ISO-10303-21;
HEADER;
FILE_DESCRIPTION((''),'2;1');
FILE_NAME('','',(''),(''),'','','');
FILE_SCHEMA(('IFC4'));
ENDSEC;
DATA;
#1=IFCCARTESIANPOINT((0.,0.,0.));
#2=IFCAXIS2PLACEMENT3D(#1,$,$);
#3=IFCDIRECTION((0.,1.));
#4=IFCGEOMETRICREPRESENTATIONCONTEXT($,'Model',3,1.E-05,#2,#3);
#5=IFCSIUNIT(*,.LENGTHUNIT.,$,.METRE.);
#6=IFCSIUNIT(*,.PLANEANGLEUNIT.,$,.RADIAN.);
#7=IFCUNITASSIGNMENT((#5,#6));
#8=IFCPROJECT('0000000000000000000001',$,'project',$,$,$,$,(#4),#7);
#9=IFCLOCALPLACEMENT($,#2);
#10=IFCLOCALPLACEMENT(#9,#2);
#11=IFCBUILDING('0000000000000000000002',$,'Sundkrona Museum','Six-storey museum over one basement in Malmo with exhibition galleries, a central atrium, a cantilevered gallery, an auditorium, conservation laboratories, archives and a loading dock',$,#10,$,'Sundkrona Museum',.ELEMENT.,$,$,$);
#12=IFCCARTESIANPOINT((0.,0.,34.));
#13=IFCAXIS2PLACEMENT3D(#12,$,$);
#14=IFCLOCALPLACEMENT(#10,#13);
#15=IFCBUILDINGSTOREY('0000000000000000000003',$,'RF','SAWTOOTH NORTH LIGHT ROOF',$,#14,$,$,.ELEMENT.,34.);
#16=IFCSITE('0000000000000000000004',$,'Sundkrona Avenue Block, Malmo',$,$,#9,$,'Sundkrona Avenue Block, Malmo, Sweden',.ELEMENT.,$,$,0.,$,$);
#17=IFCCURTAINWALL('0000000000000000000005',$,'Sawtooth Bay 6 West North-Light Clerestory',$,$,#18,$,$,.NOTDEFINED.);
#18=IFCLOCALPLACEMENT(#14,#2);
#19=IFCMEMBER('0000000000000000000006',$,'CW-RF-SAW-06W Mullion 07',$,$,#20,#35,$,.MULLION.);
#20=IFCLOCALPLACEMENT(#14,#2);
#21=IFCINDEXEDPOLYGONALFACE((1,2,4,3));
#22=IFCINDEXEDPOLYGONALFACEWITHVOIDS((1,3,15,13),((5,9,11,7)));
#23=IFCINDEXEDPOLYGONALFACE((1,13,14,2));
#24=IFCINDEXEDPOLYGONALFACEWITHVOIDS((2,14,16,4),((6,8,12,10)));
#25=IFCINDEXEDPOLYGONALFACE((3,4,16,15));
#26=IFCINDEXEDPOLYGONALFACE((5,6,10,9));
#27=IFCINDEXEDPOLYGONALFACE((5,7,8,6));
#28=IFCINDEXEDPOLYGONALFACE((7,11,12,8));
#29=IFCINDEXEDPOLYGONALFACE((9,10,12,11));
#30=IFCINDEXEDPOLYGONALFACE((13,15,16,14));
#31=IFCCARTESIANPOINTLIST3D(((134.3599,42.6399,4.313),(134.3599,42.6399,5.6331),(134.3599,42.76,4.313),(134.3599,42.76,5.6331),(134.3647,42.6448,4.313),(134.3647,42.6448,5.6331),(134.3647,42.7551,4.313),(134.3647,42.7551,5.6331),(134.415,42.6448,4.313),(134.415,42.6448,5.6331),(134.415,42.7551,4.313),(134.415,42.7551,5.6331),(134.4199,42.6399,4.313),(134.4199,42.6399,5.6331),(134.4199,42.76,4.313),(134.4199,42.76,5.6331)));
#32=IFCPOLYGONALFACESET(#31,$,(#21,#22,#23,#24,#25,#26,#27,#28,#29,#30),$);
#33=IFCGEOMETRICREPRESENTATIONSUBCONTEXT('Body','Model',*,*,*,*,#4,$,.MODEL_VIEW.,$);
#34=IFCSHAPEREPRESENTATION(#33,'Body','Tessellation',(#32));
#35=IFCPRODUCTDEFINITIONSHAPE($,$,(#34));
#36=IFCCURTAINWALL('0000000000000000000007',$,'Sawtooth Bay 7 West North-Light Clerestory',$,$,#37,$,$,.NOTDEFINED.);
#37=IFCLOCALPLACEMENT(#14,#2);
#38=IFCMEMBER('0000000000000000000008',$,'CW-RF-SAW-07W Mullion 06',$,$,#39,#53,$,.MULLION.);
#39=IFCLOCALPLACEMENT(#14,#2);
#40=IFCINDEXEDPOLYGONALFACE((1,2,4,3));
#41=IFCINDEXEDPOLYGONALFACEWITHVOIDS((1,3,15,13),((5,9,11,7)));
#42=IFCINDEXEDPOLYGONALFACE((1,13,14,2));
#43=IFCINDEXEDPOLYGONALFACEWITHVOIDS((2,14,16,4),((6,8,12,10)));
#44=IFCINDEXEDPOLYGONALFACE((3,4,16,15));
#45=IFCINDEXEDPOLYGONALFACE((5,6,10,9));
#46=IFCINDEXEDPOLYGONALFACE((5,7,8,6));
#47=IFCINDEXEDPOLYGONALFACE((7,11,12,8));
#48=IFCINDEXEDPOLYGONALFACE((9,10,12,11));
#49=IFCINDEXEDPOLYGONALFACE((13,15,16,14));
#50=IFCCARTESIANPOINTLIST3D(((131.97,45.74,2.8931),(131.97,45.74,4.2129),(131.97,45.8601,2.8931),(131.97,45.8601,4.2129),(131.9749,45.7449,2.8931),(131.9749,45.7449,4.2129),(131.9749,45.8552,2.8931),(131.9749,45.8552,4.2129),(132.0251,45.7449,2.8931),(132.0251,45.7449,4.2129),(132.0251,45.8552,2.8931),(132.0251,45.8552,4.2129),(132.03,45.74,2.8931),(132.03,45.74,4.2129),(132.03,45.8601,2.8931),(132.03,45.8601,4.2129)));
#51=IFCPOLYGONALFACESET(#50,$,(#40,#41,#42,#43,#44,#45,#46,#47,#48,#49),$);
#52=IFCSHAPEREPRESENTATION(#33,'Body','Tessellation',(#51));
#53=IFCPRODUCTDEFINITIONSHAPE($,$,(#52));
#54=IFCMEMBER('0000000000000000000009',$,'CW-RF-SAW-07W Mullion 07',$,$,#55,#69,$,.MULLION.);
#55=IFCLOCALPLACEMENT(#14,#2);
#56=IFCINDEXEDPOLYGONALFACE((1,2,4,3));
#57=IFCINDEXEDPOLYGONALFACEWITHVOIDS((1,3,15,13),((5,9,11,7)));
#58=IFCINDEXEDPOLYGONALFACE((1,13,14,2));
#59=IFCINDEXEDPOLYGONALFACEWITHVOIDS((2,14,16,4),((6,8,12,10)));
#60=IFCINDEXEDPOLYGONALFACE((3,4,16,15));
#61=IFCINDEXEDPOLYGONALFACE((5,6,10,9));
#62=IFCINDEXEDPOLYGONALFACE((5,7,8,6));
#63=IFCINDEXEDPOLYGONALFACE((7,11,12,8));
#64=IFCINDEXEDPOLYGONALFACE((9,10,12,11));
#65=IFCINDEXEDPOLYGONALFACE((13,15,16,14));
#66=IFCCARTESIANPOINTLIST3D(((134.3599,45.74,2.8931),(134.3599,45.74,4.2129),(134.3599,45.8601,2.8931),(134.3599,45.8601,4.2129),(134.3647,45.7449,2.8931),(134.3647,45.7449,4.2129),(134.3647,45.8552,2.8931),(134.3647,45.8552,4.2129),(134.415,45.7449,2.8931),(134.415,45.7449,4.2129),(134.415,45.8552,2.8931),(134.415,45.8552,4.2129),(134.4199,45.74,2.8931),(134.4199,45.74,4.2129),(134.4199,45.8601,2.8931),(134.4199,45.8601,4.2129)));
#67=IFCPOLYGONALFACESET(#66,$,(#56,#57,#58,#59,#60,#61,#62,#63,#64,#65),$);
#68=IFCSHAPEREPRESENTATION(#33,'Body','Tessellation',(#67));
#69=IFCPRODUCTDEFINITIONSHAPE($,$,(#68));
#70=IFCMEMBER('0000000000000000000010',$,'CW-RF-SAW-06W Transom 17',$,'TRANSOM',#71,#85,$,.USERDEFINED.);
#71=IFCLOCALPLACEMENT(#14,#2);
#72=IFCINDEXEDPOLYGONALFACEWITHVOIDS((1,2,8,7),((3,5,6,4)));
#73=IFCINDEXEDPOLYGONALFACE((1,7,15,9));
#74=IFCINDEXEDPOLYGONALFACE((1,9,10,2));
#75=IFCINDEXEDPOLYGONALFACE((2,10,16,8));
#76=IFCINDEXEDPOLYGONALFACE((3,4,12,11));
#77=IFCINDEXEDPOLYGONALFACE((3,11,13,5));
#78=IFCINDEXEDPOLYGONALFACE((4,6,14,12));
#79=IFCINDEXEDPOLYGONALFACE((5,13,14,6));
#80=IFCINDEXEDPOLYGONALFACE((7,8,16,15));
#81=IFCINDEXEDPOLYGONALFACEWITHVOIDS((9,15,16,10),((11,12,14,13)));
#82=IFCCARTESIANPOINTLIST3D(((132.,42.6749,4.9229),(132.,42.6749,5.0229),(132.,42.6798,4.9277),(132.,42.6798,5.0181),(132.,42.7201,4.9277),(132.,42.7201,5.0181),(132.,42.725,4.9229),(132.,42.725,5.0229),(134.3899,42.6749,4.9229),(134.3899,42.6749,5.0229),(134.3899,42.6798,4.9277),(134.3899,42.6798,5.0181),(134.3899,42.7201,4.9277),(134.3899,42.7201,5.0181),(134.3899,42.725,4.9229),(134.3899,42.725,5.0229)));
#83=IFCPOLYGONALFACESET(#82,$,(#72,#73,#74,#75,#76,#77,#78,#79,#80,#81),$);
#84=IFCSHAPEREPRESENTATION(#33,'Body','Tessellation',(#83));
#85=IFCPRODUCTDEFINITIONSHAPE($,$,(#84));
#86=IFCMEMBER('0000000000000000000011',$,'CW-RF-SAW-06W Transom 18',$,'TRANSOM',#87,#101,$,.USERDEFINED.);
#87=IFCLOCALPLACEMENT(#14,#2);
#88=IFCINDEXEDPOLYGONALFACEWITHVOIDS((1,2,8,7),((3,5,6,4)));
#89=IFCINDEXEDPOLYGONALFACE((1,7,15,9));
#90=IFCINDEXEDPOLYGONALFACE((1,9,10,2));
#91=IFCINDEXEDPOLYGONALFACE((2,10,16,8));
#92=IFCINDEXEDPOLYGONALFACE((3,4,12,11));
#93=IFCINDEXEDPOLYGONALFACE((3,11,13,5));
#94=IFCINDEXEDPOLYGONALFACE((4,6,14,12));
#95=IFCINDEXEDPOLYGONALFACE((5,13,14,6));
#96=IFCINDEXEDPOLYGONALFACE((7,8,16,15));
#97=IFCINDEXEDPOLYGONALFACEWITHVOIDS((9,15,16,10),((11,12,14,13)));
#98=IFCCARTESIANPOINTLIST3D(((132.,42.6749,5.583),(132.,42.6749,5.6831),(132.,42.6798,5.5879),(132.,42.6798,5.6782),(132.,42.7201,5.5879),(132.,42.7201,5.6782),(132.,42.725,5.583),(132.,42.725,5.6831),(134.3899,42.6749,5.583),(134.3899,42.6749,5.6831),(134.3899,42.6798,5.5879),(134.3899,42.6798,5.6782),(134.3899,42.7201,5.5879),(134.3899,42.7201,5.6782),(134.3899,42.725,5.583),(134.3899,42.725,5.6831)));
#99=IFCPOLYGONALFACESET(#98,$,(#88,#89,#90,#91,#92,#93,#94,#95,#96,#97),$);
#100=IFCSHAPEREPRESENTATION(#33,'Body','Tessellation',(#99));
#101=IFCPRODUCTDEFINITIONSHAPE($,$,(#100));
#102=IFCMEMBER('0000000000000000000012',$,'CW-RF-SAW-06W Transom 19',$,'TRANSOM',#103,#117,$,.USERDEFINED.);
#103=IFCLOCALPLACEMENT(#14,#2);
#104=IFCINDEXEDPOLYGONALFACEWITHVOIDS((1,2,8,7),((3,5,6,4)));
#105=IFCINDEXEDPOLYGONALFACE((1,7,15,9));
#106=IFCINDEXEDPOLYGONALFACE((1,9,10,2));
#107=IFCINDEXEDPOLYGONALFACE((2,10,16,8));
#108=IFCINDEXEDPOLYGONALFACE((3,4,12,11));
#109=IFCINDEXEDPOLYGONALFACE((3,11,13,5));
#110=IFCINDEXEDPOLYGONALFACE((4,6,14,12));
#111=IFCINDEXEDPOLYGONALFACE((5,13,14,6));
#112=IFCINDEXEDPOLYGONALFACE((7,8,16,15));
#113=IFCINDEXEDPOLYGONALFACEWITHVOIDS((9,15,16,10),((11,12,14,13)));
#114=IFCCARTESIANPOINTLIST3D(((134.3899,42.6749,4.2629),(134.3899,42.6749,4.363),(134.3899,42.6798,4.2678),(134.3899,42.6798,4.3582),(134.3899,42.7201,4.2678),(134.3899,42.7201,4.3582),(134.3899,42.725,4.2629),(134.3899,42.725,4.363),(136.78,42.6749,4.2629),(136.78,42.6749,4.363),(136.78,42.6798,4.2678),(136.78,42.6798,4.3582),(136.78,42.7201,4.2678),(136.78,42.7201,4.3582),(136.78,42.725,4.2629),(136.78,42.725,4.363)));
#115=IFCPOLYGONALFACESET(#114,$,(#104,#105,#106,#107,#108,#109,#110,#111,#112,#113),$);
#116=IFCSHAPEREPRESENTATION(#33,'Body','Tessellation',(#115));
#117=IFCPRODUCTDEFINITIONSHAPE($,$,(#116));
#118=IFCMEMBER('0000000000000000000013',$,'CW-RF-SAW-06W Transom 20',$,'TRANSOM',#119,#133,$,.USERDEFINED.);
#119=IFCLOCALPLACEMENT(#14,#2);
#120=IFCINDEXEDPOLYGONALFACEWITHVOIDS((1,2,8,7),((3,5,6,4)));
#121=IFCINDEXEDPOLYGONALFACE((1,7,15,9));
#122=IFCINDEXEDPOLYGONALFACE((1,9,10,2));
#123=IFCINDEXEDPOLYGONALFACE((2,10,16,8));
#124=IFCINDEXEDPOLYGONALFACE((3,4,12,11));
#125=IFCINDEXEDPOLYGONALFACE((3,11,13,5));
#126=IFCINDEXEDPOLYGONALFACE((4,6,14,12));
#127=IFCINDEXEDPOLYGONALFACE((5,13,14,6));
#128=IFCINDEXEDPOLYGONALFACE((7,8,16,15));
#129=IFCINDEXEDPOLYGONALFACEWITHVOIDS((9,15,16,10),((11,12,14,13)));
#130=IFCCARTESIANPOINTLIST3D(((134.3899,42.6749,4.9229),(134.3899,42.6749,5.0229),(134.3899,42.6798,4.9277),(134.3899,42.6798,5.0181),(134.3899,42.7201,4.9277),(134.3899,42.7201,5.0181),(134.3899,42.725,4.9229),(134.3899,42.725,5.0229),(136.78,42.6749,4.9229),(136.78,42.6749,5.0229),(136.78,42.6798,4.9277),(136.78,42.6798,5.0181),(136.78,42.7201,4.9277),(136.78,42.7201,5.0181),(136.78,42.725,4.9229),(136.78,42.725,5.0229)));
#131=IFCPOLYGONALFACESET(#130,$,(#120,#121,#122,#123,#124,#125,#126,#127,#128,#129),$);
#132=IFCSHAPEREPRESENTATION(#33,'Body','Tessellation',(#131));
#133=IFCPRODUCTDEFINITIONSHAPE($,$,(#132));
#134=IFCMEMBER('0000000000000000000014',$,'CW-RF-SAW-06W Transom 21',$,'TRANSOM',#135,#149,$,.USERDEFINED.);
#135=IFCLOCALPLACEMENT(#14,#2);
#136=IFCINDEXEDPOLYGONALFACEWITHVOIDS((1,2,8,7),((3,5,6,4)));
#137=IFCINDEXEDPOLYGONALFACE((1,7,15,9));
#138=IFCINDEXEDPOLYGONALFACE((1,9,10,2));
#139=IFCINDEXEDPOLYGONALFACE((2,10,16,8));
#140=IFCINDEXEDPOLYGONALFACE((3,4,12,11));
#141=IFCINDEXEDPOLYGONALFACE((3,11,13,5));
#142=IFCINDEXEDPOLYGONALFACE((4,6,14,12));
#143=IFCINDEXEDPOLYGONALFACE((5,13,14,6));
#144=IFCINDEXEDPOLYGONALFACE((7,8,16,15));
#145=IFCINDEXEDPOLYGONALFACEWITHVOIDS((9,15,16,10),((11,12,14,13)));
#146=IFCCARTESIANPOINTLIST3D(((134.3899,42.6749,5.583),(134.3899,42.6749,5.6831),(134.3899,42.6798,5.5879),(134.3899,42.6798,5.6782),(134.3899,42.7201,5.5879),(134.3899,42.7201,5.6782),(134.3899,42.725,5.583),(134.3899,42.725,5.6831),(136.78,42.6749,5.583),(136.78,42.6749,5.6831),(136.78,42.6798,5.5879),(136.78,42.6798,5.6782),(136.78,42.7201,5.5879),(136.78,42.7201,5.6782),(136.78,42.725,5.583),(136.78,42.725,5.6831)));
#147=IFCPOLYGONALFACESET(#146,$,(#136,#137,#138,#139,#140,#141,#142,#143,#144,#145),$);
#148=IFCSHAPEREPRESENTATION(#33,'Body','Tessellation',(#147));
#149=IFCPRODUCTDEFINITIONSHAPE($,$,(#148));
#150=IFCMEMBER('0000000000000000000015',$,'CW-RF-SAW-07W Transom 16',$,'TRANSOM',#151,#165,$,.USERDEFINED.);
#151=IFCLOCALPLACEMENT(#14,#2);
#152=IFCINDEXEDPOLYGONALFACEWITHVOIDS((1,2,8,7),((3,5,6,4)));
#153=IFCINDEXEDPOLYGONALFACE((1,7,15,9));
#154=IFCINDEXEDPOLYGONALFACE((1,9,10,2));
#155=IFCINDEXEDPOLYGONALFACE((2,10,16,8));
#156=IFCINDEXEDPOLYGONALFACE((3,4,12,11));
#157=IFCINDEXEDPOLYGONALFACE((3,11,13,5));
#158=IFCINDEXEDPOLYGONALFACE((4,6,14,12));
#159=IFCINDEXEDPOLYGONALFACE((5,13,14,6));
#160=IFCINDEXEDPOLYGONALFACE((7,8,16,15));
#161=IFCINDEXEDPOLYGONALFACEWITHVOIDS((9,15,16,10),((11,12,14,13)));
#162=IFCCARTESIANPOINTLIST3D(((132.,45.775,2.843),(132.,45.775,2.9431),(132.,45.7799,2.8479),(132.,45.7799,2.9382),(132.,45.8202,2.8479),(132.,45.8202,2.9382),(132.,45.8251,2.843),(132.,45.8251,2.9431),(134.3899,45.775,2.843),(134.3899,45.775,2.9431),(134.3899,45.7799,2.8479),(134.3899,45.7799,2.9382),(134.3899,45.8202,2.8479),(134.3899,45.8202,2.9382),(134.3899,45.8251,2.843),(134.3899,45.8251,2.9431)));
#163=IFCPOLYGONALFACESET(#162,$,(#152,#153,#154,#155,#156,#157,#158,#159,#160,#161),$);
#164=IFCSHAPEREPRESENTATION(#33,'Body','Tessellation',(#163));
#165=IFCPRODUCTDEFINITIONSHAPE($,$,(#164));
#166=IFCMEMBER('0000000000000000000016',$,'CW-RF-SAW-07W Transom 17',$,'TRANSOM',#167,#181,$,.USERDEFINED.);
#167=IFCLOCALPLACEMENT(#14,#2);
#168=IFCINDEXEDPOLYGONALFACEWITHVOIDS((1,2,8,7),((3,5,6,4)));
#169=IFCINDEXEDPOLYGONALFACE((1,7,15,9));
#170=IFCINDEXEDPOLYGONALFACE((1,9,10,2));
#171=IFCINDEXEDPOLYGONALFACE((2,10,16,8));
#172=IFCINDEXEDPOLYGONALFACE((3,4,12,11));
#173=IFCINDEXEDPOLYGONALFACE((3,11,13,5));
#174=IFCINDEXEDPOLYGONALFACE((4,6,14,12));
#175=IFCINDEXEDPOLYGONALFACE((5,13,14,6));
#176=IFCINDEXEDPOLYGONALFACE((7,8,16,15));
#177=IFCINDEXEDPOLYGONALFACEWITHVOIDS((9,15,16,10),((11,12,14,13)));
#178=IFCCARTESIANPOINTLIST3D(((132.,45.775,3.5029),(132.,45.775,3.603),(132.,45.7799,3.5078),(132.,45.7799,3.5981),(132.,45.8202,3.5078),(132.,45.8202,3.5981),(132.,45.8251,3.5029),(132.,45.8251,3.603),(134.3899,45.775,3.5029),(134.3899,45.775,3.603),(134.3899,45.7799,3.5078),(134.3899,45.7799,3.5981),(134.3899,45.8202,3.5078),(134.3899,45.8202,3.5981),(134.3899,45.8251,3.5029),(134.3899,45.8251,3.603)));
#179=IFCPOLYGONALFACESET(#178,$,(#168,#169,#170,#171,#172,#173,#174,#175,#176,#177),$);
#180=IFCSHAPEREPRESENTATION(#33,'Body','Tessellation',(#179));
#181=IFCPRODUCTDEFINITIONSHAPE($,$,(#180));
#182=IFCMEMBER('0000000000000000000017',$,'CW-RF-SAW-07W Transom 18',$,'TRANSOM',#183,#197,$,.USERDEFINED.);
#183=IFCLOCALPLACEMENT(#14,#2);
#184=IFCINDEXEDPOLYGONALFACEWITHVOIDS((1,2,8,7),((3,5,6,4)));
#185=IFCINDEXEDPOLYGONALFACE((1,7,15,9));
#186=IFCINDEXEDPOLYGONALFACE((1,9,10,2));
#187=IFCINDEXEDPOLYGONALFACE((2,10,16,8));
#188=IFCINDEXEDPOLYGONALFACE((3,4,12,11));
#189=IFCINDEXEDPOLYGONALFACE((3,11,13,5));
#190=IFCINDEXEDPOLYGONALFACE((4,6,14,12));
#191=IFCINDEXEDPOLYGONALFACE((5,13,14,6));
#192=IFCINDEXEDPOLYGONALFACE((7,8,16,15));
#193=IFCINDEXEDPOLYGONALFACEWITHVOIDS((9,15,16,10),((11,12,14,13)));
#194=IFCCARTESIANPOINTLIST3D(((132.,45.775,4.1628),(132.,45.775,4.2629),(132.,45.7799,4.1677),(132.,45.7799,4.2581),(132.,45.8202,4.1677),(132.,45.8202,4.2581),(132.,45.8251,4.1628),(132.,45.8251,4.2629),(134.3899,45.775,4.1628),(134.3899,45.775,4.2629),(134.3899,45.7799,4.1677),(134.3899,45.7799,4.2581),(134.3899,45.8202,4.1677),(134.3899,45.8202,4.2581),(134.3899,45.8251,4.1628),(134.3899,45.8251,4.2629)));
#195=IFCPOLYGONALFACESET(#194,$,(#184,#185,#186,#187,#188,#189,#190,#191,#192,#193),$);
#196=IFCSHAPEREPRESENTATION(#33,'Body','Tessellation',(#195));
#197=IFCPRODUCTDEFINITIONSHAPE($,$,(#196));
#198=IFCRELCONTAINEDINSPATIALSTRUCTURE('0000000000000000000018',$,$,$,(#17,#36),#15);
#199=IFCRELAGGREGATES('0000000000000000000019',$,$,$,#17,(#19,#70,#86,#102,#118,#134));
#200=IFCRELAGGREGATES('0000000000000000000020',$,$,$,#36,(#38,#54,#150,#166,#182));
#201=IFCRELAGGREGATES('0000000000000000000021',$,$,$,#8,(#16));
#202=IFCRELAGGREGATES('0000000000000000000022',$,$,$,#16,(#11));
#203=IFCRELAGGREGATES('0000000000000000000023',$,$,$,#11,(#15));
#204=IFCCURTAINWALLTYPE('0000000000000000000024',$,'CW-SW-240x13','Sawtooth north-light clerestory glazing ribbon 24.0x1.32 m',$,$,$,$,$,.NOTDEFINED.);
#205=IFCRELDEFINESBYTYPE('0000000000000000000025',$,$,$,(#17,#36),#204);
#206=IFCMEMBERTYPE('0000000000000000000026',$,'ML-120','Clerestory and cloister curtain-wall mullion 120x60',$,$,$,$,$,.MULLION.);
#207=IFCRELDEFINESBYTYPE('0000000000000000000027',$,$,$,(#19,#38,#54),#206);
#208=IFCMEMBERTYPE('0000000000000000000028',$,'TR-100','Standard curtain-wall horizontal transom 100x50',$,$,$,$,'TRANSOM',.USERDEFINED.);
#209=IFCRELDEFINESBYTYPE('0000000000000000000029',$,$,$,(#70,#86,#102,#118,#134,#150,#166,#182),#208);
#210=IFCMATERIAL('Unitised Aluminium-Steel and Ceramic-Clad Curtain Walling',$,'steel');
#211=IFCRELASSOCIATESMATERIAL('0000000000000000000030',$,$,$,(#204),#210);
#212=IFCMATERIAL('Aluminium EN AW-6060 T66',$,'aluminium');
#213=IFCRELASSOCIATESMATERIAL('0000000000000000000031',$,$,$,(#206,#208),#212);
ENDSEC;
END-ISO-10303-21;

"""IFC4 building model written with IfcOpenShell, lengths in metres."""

from ifc_helpers import new_model, si_unit, direction, frame, origin, origin_2d, place, context, subcontext, project, spatial, hollow_rectangle, extrude, material, material_profile, profile_set, type_object, element, aggregate, save


model = new_model("IFC4")

# Units and contexts
model_context = context("Model", 3, precision=1e-05, world=origin(), true_north=direction((0.0, 1.0)))
body_context = subcontext(model_context, "Body", "Model", "MODEL_VIEW")
ifc_project = project(units=[si_unit("LENGTHUNIT", "METRE"), si_unit("PLANEANGLEUNIT", "RADIAN")], contexts=[model_context])

# Site, building, storey
site_placement = place(None, origin())
site = spatial("IfcSite", under=ifc_project, at=site_placement, Name="Sundkrona Avenue Block, Malmo", LongName="Sundkrona Avenue Block, Malmo, Sweden", CompositionType="ELEMENT", RefElevation=0.0)
building_placement = place(site_placement, origin())
building = spatial("IfcBuilding", under=site, at=building_placement, Name="Sundkrona Museum", Description="Six-storey museum over one basement in Malmo with exhibition galleries, a central atrium, a cantilevered gallery, an auditorium, conservation laboratories, archives and a loading dock", LongName="Sundkrona Museum", CompositionType="ELEMENT")
storey_placement = place(building_placement, frame((0.0, 0.0, 34.0)))
storey = spatial("IfcBuildingStorey", under=building, at=storey_placement, Name="RF", Description="SAWTOOTH NORTH LIGHT ROOF", CompositionType="ELEMENT", Elevation=34.0)

# Curtain wall, member
ifc_material_1 = material(Name="Unitised Aluminium-Steel and Ceramic-Clad Curtain Walling", Category="steel")
curtain_wall_type = type_object("IfcCurtainWallType", Name="CW-SW-240x13", Description="Sawtooth north-light clerestory glazing ribbon 24.0x1.32 m", PredefinedType="NOTDEFINED", material=ifc_material_1)
curtain_wall_1_placement = place(storey_placement, origin())
curtain_wall_1 = element("IfcCurtainWall", 1, at=curtain_wall_1_placement, inside=storey, type_object=curtain_wall_type, Name="Sawtooth Bay 6 West North-Light Clerestory", PredefinedType="NOTDEFINED")
ifc_material_2 = material(Name="Aluminium EN AW-6060 T66", Category="aluminium")
ifc_material_profile_1 = material_profile(ifc_material_2, hollow_rectangle(XDim=0.0601, YDim=0.1201, WallThickness=0.0049, at=origin_2d()), Name="RHS 120x60x5.0")
ifc_profile_set_1 = profile_set([ifc_material_profile_1], Name="Aluminium EN AW-6060 T66")
member_type_1 = type_object("IfcMemberType", Name="ML-120", Description="Clerestory and cloister curtain-wall mullion 120x60", PredefinedType="MULLION", material=ifc_profile_set_1)
member_1_placement = place(storey_placement, frame((134.3899, 42.7, 4.313), z_axis=(0.0, 0.0, 1.0), x_axis=(1.0, 0.0, 0.0)))
member_1 = element("IfcMember", 2, at=member_1_placement, type_object=member_type_1, Name="CW-RF-SAW-06W Mullion 07", PredefinedType="MULLION", context=body_context, shape_type="SweptSolid", body=[
    extrude(hollow_rectangle(XDim=0.0601, YDim=0.1201, WallThickness=0.0049, at=origin_2d()), origin(), (0.0, 0.0, 1.0), 1.3201),
])

# Curtain wall, members
curtain_wall_2_placement = place(storey_placement, origin())
curtain_wall_2 = element("IfcCurtainWall", 3, at=curtain_wall_2_placement, inside=storey, type_object=curtain_wall_type, Name="Sawtooth Bay 7 West North-Light Clerestory", PredefinedType="NOTDEFINED")
member_2_placement = place(storey_placement, frame((132.0, 45.8, 2.8931), z_axis=(0.0, 0.0, 1.0), x_axis=(1.0, 0.0, 0.0)))
member_2 = element("IfcMember", 4, at=member_2_placement, type_object=member_type_1, Name="CW-RF-SAW-07W Mullion 06", PredefinedType="MULLION", context=body_context, shape_type="SweptSolid", body=[
    extrude(hollow_rectangle(XDim=0.0601, YDim=0.1201, WallThickness=0.0049, at=origin_2d()), origin(), (0.0, 0.0, 1.0), 1.3198),
])
member_3_placement = place(storey_placement, frame((134.3899, 45.8, 2.8931), z_axis=(0.0, 0.0, 1.0), x_axis=(1.0, 0.0, 0.0)))
member_3 = element("IfcMember", 5, at=member_3_placement, type_object=member_type_1, Name="CW-RF-SAW-07W Mullion 07", PredefinedType="MULLION", context=body_context, shape_type="SweptSolid", body=[
    extrude(hollow_rectangle(XDim=0.0601, YDim=0.1201, WallThickness=0.0049, at=origin_2d()), origin(), (0.0, 0.0, 1.0), 1.3198),
])

# Members
ifc_material_profile_2 = material_profile(ifc_material_2, hollow_rectangle(XDim=0.05, YDim=0.1001, WallThickness=0.0049, at=origin_2d()), Name="RHS 100x50x5.0")
ifc_profile_set_2 = profile_set([ifc_material_profile_2], Name="Aluminium EN AW-6060 T66")
member_type_2 = type_object("IfcMemberType", Name="TR-100", Description="Standard curtain-wall horizontal transom 100x50", ElementType="TRANSOM", PredefinedType="USERDEFINED", material=ifc_profile_set_2)
member_4_placement = place(storey_placement, frame((132.0, 42.7, 4.9729), z_axis=(1.0, 0.0, 0.0), x_axis=(0.0, 1.0, 0.0)))
member_4 = element("IfcMember", 6, at=member_4_placement, type_object=member_type_2, Name="CW-RF-SAW-06W Transom 17", ObjectType="TRANSOM", PredefinedType="USERDEFINED", context=body_context, shape_type="SweptSolid", body=[
    extrude(hollow_rectangle(XDim=0.05, YDim=0.1001, WallThickness=0.0049, at=origin_2d()), origin(), (0.0, 0.0, 1.0), 2.3899),
])
member_5_placement = place(storey_placement, frame((132.0, 42.7, 5.6331), z_axis=(1.0, 0.0, 0.0), x_axis=(0.0, 1.0, 0.0)))
member_5 = element("IfcMember", 7, at=member_5_placement, type_object=member_type_2, Name="CW-RF-SAW-06W Transom 18", ObjectType="TRANSOM", PredefinedType="USERDEFINED", context=body_context, shape_type="SweptSolid", body=[
    extrude(hollow_rectangle(XDim=0.05, YDim=0.1001, WallThickness=0.0049, at=origin_2d()), origin(), (0.0, 0.0, 1.0), 2.3899),
])
member_6_placement = place(storey_placement, frame((134.3899, 42.7, 4.313), z_axis=(1.0, 0.0, 0.0), x_axis=(0.0, 1.0, 0.0)))
member_6 = element("IfcMember", 8, at=member_6_placement, type_object=member_type_2, Name="CW-RF-SAW-06W Transom 19", ObjectType="TRANSOM", PredefinedType="USERDEFINED", context=body_context, shape_type="SweptSolid", body=[
    extrude(hollow_rectangle(XDim=0.05, YDim=0.1001, WallThickness=0.0049, at=origin_2d()), origin(), (0.0, 0.0, 1.0), 2.3901),
])
member_7_placement = place(storey_placement, frame((134.3899, 42.7, 4.9729), z_axis=(1.0, 0.0, 0.0), x_axis=(0.0, 1.0, 0.0)))
member_7 = element("IfcMember", 9, at=member_7_placement, type_object=member_type_2, Name="CW-RF-SAW-06W Transom 20", ObjectType="TRANSOM", PredefinedType="USERDEFINED", context=body_context, shape_type="SweptSolid", body=[
    extrude(hollow_rectangle(XDim=0.05, YDim=0.1001, WallThickness=0.0049, at=origin_2d()), origin(), (0.0, 0.0, 1.0), 2.3901),
])
member_8_placement = place(storey_placement, frame((134.3899, 42.7, 5.6331), z_axis=(1.0, 0.0, 0.0), x_axis=(0.0, 1.0, 0.0)))
member_8 = element("IfcMember", 10, at=member_8_placement, type_object=member_type_2, Name="CW-RF-SAW-06W Transom 21", ObjectType="TRANSOM", PredefinedType="USERDEFINED", context=body_context, shape_type="SweptSolid", body=[
    extrude(hollow_rectangle(XDim=0.05, YDim=0.1001, WallThickness=0.0049, at=origin_2d()), origin(), (0.0, 0.0, 1.0), 2.3901),
])
member_9_placement = place(storey_placement, frame((132.0, 45.8, 2.8931), z_axis=(1.0, 0.0, 0.0), x_axis=(0.0, 1.0, 0.0)))
member_9 = element("IfcMember", 11, at=member_9_placement, type_object=member_type_2, Name="CW-RF-SAW-07W Transom 16", ObjectType="TRANSOM", PredefinedType="USERDEFINED", context=body_context, shape_type="SweptSolid", body=[
    extrude(hollow_rectangle(XDim=0.05, YDim=0.1001, WallThickness=0.0049, at=origin_2d()), origin(), (0.0, 0.0, 1.0), 2.3899),
])
member_10_placement = place(storey_placement, frame((132.0, 45.8, 3.553), z_axis=(1.0, 0.0, 0.0), x_axis=(0.0, 1.0, 0.0)))
member_10 = element("IfcMember", 12, at=member_10_placement, type_object=member_type_2, Name="CW-RF-SAW-07W Transom 17", ObjectType="TRANSOM", PredefinedType="USERDEFINED", context=body_context, shape_type="SweptSolid", body=[
    extrude(hollow_rectangle(XDim=0.05, YDim=0.1001, WallThickness=0.0049, at=origin_2d()), origin(), (0.0, 0.0, 1.0), 2.3899),
])
member_11_placement = place(storey_placement, frame((132.0, 45.8, 4.2129), z_axis=(1.0, 0.0, 0.0), x_axis=(0.0, 1.0, 0.0)))
member_11 = element("IfcMember", 13, at=member_11_placement, type_object=member_type_2, Name="CW-RF-SAW-07W Transom 18", ObjectType="TRANSOM", PredefinedType="USERDEFINED", context=body_context, shape_type="SweptSolid", body=[
    extrude(hollow_rectangle(XDim=0.05, YDim=0.1001, WallThickness=0.0049, at=origin_2d()), origin(), (0.0, 0.0, 1.0), 2.3899),
])

aggregate(curtain_wall_1, [member_1, member_4, member_5, member_6, member_7, member_8])
aggregate(curtain_wall_2, [member_2, member_3, member_9, member_10, member_11])

save(model, "model.ifc")
